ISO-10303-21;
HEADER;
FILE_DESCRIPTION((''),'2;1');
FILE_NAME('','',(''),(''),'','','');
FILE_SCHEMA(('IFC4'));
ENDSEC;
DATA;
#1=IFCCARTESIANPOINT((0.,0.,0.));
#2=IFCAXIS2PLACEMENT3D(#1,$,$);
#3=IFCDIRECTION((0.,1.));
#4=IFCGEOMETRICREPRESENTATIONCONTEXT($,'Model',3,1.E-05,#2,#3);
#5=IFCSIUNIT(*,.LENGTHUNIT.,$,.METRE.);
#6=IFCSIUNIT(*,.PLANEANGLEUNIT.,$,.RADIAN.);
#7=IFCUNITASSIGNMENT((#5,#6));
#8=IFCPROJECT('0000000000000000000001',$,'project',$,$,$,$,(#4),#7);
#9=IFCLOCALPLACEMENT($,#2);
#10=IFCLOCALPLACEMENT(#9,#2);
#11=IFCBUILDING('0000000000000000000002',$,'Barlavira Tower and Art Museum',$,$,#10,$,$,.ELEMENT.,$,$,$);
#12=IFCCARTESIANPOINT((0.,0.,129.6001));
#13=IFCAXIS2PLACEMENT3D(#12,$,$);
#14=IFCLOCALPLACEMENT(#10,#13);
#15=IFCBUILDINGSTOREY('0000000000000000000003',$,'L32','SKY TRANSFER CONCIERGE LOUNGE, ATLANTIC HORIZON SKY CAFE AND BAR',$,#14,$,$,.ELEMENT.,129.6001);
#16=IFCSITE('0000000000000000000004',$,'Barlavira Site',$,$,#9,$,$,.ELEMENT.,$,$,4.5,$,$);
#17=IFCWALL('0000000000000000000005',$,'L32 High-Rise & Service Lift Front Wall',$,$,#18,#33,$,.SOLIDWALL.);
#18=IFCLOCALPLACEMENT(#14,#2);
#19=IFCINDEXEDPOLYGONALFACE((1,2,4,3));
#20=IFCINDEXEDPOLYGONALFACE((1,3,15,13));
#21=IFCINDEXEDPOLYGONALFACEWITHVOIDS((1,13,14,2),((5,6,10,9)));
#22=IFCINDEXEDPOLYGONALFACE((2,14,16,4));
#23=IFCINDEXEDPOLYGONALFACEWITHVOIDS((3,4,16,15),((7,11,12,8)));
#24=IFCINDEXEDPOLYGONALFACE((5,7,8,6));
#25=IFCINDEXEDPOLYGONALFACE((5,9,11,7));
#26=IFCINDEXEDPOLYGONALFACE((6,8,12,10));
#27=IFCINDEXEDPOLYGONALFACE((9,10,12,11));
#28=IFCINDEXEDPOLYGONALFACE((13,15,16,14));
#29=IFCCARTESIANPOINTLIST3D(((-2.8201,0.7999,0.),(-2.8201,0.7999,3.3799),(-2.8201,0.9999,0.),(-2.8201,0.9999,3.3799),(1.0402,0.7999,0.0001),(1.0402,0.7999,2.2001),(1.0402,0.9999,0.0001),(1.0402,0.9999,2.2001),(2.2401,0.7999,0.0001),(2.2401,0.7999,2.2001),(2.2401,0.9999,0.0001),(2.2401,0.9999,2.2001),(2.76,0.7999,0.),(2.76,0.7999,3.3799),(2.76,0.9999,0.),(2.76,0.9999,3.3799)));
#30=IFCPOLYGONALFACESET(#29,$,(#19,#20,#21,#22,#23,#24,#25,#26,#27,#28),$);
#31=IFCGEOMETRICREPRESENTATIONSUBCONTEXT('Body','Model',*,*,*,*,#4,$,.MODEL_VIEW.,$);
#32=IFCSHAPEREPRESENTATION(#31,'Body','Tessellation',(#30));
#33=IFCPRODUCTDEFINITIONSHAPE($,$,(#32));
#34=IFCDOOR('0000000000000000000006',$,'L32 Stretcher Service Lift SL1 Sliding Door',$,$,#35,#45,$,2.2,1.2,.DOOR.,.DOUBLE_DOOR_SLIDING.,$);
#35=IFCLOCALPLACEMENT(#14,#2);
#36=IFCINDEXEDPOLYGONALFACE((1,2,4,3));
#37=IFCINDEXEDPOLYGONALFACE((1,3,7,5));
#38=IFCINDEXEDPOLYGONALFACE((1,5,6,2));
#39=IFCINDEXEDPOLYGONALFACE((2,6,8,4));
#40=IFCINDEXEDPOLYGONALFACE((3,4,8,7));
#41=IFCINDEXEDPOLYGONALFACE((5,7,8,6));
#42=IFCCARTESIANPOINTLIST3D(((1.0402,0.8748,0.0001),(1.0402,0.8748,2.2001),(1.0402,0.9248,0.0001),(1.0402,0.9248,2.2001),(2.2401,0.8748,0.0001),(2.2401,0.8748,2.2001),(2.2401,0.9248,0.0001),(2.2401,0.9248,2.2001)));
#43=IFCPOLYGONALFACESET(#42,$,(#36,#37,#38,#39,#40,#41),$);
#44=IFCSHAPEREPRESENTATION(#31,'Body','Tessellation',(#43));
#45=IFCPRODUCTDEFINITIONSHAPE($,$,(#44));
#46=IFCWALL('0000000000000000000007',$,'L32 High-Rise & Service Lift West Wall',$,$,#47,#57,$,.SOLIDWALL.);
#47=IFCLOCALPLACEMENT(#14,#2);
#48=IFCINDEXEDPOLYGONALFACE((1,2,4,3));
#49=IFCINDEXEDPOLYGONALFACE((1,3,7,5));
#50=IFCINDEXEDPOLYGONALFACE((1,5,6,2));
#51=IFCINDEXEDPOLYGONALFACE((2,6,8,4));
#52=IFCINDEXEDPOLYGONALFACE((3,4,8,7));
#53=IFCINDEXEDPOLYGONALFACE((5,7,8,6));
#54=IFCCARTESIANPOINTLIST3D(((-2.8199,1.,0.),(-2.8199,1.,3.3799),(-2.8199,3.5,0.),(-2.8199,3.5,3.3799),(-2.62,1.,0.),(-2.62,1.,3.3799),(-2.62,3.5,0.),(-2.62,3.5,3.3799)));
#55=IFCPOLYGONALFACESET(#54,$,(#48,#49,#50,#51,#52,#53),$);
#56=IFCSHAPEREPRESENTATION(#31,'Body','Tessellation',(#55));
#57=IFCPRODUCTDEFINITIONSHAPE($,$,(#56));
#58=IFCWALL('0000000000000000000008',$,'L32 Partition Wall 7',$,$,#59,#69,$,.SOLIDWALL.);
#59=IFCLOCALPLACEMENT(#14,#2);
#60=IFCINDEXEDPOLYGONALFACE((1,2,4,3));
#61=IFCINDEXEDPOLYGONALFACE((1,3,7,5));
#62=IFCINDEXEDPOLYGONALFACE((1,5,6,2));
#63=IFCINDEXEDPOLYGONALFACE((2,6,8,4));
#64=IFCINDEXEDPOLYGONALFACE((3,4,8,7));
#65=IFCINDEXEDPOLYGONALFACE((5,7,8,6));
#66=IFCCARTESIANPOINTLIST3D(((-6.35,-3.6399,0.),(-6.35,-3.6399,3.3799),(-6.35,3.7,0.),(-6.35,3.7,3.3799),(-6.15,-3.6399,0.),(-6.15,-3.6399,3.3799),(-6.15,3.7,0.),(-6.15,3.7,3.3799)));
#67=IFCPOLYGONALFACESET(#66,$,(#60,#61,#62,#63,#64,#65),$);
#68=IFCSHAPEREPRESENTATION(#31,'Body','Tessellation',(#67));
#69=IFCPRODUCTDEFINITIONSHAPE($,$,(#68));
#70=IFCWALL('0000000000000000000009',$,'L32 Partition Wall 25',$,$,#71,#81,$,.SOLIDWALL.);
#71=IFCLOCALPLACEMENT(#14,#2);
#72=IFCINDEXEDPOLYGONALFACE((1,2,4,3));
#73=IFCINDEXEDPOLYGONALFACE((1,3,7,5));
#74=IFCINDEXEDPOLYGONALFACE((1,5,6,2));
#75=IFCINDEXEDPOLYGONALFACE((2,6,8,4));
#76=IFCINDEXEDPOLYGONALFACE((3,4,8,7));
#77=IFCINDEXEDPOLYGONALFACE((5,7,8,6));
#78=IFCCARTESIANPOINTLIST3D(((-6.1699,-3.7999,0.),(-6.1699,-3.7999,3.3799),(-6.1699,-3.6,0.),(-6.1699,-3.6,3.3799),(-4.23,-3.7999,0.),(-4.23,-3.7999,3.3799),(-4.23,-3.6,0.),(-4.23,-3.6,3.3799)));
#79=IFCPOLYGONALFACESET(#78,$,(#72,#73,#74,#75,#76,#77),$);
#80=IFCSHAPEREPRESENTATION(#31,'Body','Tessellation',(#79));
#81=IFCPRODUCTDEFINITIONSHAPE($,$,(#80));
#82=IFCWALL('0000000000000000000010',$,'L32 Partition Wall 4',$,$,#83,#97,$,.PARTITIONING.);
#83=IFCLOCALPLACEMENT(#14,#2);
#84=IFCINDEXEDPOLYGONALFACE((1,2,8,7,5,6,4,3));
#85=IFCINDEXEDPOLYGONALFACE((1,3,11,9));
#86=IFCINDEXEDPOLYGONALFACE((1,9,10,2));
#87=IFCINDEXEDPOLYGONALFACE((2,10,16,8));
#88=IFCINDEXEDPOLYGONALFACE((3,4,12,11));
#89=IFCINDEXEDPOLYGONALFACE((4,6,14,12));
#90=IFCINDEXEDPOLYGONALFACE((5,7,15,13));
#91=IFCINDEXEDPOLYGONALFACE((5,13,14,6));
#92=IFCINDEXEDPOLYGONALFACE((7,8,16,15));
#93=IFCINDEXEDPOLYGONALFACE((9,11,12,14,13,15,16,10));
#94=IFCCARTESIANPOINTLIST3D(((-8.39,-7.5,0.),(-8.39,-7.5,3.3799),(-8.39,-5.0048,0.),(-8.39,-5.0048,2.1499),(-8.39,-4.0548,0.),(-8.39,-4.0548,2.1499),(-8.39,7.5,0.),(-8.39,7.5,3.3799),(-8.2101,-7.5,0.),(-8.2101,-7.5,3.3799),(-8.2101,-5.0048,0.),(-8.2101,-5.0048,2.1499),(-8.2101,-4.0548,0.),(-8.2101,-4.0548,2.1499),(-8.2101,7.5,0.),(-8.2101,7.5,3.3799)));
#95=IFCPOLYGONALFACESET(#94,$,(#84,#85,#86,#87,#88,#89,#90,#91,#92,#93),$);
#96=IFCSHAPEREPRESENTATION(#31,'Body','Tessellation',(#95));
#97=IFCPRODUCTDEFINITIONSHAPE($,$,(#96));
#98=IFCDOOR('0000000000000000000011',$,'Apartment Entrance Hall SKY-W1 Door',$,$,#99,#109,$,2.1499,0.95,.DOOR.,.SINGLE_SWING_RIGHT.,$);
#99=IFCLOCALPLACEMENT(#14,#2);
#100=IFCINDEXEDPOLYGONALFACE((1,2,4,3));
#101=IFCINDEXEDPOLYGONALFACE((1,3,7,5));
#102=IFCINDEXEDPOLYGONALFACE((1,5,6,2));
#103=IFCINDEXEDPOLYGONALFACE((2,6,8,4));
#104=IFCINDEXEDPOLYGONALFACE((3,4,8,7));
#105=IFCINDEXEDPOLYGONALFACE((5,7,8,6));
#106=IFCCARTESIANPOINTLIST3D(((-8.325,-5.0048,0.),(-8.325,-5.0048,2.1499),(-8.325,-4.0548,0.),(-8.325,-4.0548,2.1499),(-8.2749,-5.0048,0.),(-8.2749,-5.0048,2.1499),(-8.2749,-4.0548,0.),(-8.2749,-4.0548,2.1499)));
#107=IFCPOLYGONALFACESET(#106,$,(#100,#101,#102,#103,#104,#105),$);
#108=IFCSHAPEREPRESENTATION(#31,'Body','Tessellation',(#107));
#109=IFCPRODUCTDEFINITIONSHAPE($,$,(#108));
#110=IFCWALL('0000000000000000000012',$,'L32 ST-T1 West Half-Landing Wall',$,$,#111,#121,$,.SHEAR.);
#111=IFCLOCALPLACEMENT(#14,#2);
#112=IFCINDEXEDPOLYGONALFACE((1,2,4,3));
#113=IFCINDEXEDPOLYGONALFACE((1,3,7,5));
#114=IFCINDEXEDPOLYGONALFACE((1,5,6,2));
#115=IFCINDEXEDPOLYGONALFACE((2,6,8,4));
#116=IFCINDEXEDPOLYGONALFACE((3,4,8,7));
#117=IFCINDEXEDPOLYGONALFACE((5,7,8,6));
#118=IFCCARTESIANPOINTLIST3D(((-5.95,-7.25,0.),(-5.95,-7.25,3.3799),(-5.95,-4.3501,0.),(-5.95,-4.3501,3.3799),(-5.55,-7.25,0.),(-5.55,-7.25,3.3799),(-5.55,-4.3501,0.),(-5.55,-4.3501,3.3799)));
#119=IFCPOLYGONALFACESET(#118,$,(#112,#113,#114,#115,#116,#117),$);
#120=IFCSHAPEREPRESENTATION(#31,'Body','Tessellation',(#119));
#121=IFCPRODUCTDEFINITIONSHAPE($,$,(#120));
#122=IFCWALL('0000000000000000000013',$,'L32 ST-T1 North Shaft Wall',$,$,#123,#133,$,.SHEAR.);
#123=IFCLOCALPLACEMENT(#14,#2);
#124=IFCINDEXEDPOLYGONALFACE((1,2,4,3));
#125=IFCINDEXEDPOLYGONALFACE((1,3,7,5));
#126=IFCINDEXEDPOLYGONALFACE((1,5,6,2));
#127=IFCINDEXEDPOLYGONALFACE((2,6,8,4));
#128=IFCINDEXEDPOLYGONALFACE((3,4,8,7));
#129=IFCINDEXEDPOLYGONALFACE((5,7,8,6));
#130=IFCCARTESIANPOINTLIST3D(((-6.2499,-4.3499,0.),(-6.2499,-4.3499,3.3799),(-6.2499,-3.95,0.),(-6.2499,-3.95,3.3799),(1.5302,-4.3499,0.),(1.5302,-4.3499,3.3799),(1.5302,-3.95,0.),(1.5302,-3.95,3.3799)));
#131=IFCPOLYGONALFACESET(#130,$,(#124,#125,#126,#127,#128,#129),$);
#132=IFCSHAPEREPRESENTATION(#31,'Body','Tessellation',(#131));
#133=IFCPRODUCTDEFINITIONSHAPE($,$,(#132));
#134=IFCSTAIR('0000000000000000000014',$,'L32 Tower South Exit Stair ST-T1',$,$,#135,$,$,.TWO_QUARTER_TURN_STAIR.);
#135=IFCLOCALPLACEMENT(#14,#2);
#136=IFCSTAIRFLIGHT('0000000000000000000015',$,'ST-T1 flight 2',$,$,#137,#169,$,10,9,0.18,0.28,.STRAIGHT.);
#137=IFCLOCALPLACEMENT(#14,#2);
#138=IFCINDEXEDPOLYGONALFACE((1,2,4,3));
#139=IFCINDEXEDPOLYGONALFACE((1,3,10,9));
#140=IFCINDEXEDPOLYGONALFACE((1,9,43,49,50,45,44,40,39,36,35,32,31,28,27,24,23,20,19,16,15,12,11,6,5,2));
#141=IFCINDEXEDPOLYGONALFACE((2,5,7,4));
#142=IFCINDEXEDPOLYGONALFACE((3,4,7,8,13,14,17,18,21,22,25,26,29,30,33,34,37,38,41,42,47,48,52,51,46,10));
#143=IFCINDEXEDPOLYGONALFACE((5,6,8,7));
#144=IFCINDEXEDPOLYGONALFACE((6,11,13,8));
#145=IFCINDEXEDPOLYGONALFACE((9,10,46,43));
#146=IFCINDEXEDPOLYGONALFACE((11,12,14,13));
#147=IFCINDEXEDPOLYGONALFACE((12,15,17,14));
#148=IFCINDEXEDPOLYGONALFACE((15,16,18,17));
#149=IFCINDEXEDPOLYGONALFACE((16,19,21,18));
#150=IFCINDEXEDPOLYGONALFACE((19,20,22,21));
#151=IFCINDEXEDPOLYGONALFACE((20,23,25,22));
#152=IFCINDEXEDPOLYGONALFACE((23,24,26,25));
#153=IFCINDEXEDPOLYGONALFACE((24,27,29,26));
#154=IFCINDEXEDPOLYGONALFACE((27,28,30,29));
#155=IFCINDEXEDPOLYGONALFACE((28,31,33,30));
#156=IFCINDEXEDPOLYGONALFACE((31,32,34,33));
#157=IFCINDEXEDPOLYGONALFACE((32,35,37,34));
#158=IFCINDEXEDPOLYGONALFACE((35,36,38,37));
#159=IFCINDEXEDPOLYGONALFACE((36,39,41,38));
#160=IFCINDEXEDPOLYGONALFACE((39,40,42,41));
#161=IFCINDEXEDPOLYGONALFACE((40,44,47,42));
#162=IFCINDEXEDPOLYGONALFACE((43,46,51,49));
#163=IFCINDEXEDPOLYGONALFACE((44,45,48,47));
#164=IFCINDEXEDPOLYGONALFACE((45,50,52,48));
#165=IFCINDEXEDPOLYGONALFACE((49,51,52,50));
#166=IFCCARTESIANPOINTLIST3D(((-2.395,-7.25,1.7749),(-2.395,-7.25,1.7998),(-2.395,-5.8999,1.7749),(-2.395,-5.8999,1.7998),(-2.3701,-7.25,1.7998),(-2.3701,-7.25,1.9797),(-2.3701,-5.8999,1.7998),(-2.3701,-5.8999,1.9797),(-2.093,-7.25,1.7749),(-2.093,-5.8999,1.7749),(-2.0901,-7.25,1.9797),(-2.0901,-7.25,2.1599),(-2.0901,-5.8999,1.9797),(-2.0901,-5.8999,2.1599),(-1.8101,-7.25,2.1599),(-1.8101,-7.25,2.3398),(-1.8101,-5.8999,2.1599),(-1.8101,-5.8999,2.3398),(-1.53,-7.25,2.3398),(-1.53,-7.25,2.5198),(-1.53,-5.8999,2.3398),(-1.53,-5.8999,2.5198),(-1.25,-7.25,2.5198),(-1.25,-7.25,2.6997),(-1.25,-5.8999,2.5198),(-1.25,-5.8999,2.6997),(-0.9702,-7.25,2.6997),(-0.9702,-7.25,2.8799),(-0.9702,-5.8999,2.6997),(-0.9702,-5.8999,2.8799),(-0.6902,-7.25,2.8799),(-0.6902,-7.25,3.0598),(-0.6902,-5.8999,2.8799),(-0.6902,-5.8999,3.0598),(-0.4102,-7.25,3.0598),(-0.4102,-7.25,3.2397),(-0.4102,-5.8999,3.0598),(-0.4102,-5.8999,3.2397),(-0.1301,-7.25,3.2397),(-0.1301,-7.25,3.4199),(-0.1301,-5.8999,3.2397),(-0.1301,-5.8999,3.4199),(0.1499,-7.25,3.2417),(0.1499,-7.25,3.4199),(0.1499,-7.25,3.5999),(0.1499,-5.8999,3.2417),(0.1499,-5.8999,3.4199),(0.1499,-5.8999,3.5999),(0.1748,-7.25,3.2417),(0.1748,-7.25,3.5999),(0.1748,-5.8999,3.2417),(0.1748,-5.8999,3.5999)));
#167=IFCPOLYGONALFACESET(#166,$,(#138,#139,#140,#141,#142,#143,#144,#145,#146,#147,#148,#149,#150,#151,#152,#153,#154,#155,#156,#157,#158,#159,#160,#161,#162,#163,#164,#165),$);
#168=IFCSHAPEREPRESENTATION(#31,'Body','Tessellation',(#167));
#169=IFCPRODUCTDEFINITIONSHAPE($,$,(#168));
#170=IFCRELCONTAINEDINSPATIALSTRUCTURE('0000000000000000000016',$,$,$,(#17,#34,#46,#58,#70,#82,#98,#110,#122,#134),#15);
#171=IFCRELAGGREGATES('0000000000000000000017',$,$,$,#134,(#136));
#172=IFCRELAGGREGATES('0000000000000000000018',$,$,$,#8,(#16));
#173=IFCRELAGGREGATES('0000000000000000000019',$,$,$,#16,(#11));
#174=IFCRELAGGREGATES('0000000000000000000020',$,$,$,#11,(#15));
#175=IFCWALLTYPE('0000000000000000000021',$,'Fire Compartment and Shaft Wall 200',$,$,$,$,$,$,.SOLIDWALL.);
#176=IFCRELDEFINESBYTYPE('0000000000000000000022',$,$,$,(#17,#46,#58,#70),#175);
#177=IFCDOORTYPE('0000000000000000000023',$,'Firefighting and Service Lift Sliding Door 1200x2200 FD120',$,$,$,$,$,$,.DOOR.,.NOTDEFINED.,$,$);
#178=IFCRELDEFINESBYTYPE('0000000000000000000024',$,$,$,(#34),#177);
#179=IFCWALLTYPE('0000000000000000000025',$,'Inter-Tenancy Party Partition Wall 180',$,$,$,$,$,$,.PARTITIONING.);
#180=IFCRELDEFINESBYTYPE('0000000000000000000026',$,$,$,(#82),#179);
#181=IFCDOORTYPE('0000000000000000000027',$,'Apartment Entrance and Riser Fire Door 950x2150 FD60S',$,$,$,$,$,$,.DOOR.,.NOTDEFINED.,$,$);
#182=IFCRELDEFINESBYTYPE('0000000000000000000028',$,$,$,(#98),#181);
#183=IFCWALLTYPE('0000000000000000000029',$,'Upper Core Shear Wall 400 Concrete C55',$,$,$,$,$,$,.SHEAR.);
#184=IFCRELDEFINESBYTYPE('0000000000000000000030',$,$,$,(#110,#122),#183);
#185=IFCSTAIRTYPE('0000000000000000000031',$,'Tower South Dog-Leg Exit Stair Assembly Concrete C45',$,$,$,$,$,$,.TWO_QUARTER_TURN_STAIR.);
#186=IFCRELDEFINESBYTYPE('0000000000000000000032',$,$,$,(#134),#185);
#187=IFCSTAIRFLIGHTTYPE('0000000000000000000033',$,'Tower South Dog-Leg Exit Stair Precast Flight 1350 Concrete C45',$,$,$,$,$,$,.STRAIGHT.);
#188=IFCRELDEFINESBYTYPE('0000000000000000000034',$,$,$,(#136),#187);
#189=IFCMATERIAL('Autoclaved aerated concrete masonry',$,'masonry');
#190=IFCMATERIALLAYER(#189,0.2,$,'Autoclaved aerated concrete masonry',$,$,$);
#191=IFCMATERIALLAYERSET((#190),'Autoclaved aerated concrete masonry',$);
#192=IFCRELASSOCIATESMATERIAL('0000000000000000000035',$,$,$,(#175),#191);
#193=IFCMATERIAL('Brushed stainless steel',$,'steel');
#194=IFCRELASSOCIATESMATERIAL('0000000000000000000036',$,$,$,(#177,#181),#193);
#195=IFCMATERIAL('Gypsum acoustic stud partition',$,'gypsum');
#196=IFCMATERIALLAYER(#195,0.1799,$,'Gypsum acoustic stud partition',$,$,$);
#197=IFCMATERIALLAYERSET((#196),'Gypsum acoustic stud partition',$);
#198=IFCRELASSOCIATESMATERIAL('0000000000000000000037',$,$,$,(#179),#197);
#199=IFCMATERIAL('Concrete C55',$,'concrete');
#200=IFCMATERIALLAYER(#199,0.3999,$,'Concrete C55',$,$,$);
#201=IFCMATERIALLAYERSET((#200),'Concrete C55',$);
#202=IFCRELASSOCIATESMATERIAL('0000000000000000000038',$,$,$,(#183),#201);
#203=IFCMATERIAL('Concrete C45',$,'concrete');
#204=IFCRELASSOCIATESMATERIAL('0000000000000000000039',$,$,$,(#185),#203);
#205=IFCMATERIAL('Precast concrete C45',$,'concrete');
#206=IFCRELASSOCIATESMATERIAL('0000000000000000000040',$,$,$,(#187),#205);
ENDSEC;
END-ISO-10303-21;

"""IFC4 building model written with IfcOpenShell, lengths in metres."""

from ifc_helpers import new_model, si_unit, direction, frame, frame_2d, origin, place, context, subcontext, project, spatial, polyline, rectangle, outline, extrude, material, layer, layer_set, type_object, element, fill, aggregate, save


model = new_model("IFC4")

# Units and contexts
model_context = context("Model", 3, precision=1e-05, world=origin(), true_north=direction((0.0, 1.0)))
body_context = subcontext(model_context, "Body", "Model", "MODEL_VIEW")
ifc_project = project(units=[si_unit("LENGTHUNIT", "METRE"), si_unit("PLANEANGLEUNIT", "RADIAN")], contexts=[model_context])

# Site, building, storey
site_placement = place(None, origin())
site = spatial("IfcSite", under=ifc_project, at=site_placement, Name="Barlavira Site", CompositionType="ELEMENT", RefElevation=4.5)
building_placement = place(site_placement, origin())
building = spatial("IfcBuilding", under=site, at=building_placement, Name="Barlavira Tower and Art Museum", CompositionType="ELEMENT")
storey_placement = place(building_placement, frame((0.0, 0.0, 129.6001)))
storey = spatial("IfcBuildingStorey", under=building, at=storey_placement, Name="L32", Description="SKY TRANSFER CONCIERGE LOUNGE, ATLANTIC HORIZON SKY CAFE AND BAR", CompositionType="ELEMENT", Elevation=129.6001)

# Wall, opening, door
ifc_material_1 = material(Name="Autoclaved aerated concrete masonry", Category="masonry")
ifc_layer_1 = layer(ifc_material_1, 0.2, Name="Autoclaved aerated concrete masonry")
ifc_layer_set_1 = layer_set([ifc_layer_1], Name="Autoclaved aerated concrete masonry")
wall_type_1 = type_object("IfcWallType", Name="Fire Compartment and Shaft Wall 200", PredefinedType="SOLIDWALL", material=ifc_layer_set_1)
wall_1_placement = place(storey_placement, frame((-2.8201, 0.8999, 0.0), z_axis=(0.0, 0.0, 1.0), x_axis=(1.0, 0.0, 0.0)))
wall_1 = element("IfcWall", 1, at=wall_1_placement, inside=storey, type_object=wall_type_1, Name="L32 High-Rise & Service Lift Front Wall", PredefinedType="SOLIDWALL", context=body_context, shape_type="SweptSolid", body=[
    extrude(rectangle(XDim=5.5801, YDim=0.2, at=frame_2d((2.79, 0.0))), origin(), (0.0, 0.0, 1.0), 3.3799),
])
opening_1_placement = place(wall_1_placement, frame((3.8601, 0.0, 0.0)))
opening_1 = element("IfcOpeningElement", 2, at=opening_1_placement, cuts=wall_1, PredefinedType="OPENING", context=body_context, shape_type="SweptSolid", body=[
    extrude(rectangle(XDim=1.2, YDim=2.2, at=frame_2d((0.6001, 1.1001))), frame((0.0, 0.1099, 0.0), z_axis=(0.0, -1.0, 0.0), x_axis=(1.0, 0.0, 0.0)), (0.0, 0.0, 1.0), 0.22),
])
ifc_material_2 = material(Name="Brushed stainless steel", Category="steel")
door_type_1 = type_object("IfcDoorType", Name="Firefighting and Service Lift Sliding Door 1200x2200 FD120", OperationType="NOTDEFINED", PredefinedType="DOOR", material=ifc_material_2)
door_1_placement = place(opening_1_placement, origin())
door_1 = element("IfcDoor", 3, at=door_1_placement, inside=storey, type_object=door_type_1, Name="L32 Stretcher Service Lift SL1 Sliding Door", OperationType="DOUBLE_DOOR_SLIDING", OverallHeight=2.2, OverallWidth=1.2, PredefinedType="DOOR", context=body_context, shape_type="SweptSolid", body=[
    extrude(rectangle(XDim=1.2, YDim=2.2, at=frame_2d((0.6001, 1.1001))), frame((0.0, 0.0249, 0.0), z_axis=(0.0, -1.0, 0.0), x_axis=(1.0, 0.0, 0.0)), (0.0, 0.0, 1.0), 0.05),
])
fill(opening_1, door_1)

# Walls
wall_2_placement = place(storey_placement, frame((-2.72, 1.0, 0.0), z_axis=(0.0, 0.0, 1.0), x_axis=(0.0, 1.0, 0.0)))
element("IfcWall", 4, at=wall_2_placement, inside=storey, type_object=wall_type_1, Name="L32 High-Rise & Service Lift West Wall", PredefinedType="SOLIDWALL", context=body_context, shape_type="SweptSolid", body=[
    extrude(rectangle(XDim=2.5, YDim=0.2, at=frame_2d((1.25, 0.0))), origin(), (0.0, 0.0, 1.0), 3.3799),
])
wall_3_placement = place(storey_placement, frame((-6.25, -3.6399, 0.0), z_axis=(0.0, 0.0, 1.0), x_axis=(0.0, 1.0, 0.0)))
element("IfcWall", 5, at=wall_3_placement, inside=storey, type_object=wall_type_1, Name="L32 Partition Wall 7", PredefinedType="SOLIDWALL", context=body_context, shape_type="SweptSolid", body=[
    extrude(rectangle(XDim=7.3398, YDim=0.2, at=frame_2d((3.6699, 0.0))), origin(), (0.0, 0.0, 1.0), 3.3799),
])

# Shared definitions
door_type_2 = type_object("IfcDoorType", Name="Apartment Entrance and Riser Fire Door 950x2150 FD60S", OperationType="NOTDEFINED", PredefinedType="DOOR", material=ifc_material_2)

# Wall
wall_4_placement = place(storey_placement, frame((-6.1699, -3.7, 0.0), z_axis=(0.0, 0.0, 1.0), x_axis=(1.0, 0.0, 0.0)))
element("IfcWall", 6, at=wall_4_placement, inside=storey, type_object=wall_type_1, Name="L32 Partition Wall 25", PredefinedType="SOLIDWALL", context=body_context, shape_type="SweptSolid", body=[
    extrude(rectangle(XDim=1.9399, YDim=0.2, at=frame_2d((0.97, 0.0))), origin(), (0.0, 0.0, 1.0), 3.3799),
])

# Wall, opening, door
ifc_material_3 = material(Name="Gypsum acoustic stud partition", Category="gypsum")
ifc_layer_2 = layer(ifc_material_3, 0.1799, Name="Gypsum acoustic stud partition")
ifc_layer_set_2 = layer_set([ifc_layer_2], Name="Gypsum acoustic stud partition")
wall_type_2 = type_object("IfcWallType", Name="Inter-Tenancy Party Partition Wall 180", PredefinedType="PARTITIONING", material=ifc_layer_set_2)
wall_5_placement = place(storey_placement, frame((-8.3, -7.5, 0.0), z_axis=(0.0, 0.0, 1.0), x_axis=(0.0, 1.0, 0.0)))
wall_5 = element("IfcWall", 7, at=wall_5_placement, inside=storey, type_object=wall_type_2, Name="L32 Partition Wall 4", PredefinedType="PARTITIONING", context=body_context, shape_type="SweptSolid", body=[
    extrude(rectangle(XDim=15.0, YDim=0.1799, at=frame_2d((7.5, 0.0))), origin(), (0.0, 0.0, 1.0), 3.3799),
])
opening_2_placement = place(wall_5_placement, frame((2.4951, 0.0, 0.0)))
opening_2 = element("IfcOpeningElement", 8, at=opening_2_placement, cuts=wall_5, PredefinedType="OPENING", context=body_context, shape_type="SweptSolid", body=[
    extrude(rectangle(XDim=0.95, YDim=2.1499, at=frame_2d((0.4751, 1.075))), frame((0.0, 0.1001, 0.0), z_axis=(0.0, -1.0, 0.0), x_axis=(1.0, 0.0, 0.0)), (0.0, 0.0, 1.0), 0.2),
])
door_2_placement = place(opening_2_placement, origin())
door_2 = element("IfcDoor", 9, at=door_2_placement, inside=storey, type_object=door_type_2, Name="Apartment Entrance Hall SKY-W1 Door", OperationType="SINGLE_SWING_RIGHT", OverallHeight=2.1499, OverallWidth=0.95, PredefinedType="DOOR", context=body_context, shape_type="SweptSolid", body=[
    extrude(rectangle(XDim=0.95, YDim=2.1499, at=frame_2d((0.4751, 1.075))), frame((0.0, 0.0249, 0.0), z_axis=(0.0, -1.0, 0.0), x_axis=(1.0, 0.0, 0.0)), (0.0, 0.0, 1.0), 0.05),
])
fill(opening_2, door_2)

# Walls
ifc_material_4 = material(Name="Concrete C55", Category="concrete")
ifc_layer_3 = layer(ifc_material_4, 0.3999, Name="Concrete C55")
ifc_layer_set_3 = layer_set([ifc_layer_3], Name="Concrete C55")
wall_type_3 = type_object("IfcWallType", Name="Upper Core Shear Wall 400 Concrete C55", PredefinedType="SHEAR", material=ifc_layer_set_3)
wall_6_placement = place(storey_placement, frame((-5.75, -7.25, 0.0), z_axis=(0.0, 0.0, 1.0), x_axis=(0.0, 1.0, 0.0)))
element("IfcWall", 10, at=wall_6_placement, inside=storey, type_object=wall_type_3, Name="L32 ST-T1 West Half-Landing Wall", PredefinedType="SHEAR", context=body_context, shape_type="SweptSolid", body=[
    extrude(rectangle(XDim=2.8999, YDim=0.3999, at=frame_2d((1.45, 0.0))), origin(), (0.0, 0.0, 1.0), 3.3799),
])
wall_7_placement = place(storey_placement, frame((-6.25, -4.1499, 0.0), z_axis=(0.0, 0.0, 1.0), x_axis=(1.0, 0.0, 0.0)))
element("IfcWall", 11, at=wall_7_placement, inside=storey, type_object=wall_type_3, Name="L32 ST-T1 North Shaft Wall", PredefinedType="SHEAR", context=body_context, shape_type="SweptSolid", body=[
    extrude(rectangle(XDim=7.78, YDim=0.3999, at=frame_2d((3.8901, 0.0))), origin(), (0.0, 0.0, 1.0), 3.3799),
])

# Stair, stair flight
ifc_material_5 = material(Name="Concrete C45", Category="concrete")
stair_type = type_object("IfcStairType", Name="Tower South Dog-Leg Exit Stair Assembly Concrete C45", PredefinedType="TWO_QUARTER_TURN_STAIR", material=ifc_material_5)
stair_placement = place(storey_placement, origin())
stair = element("IfcStair", 12, at=stair_placement, inside=storey, type_object=stair_type, Name="L32 Tower South Exit Stair ST-T1", PredefinedType="TWO_QUARTER_TURN_STAIR")
ifc_material_6 = material(Name="Precast concrete C45", Category="concrete")
stair_flight_type = type_object("IfcStairFlightType", Name="Tower South Dog-Leg Exit Stair Precast Flight 1350 Concrete C45", PredefinedType="STRAIGHT", material=ifc_material_6)
stair_flight_placement = place(storey_placement, frame((-2.3701, -6.575, 1.7998), z_axis=(0.0, 0.0, 1.0), x_axis=(1.0, 0.0, 0.0)))
stair_flight = element("IfcStairFlight", 13, at=stair_flight_placement, type_object=stair_flight_type, Name="ST-T1 flight 2", NumberOfRisers=10, NumberOfTreads=9, PredefinedType="STRAIGHT", RiserHeight=0.18, TreadLength=0.28, context=body_context, shape_type="SweptSolid", body=[
    extrude(outline(polyline([(-0.0249, 0.0), (0.0, 0.0), (0.0, 0.1799), (0.28, 0.1799), (0.28, 0.3601), (0.5601, 0.3601), (0.5601, 0.54), (0.8401, 0.54), (0.8401, 0.72), (1.1201, 0.72), (1.1201, 0.8999), (1.3999, 0.8999), (1.3999, 1.0801), (1.6799, 1.0801), (1.6799, 1.26), (1.96, 1.26), (1.96, 1.4399), (2.24, 1.4399), (2.24, 1.6201), (2.52, 1.6201), (2.52, 1.8), (2.5449, 1.8), (2.5449, 1.4419), (2.52, 1.4419), (0.2771, -0.0249), (-0.0249, -0.0249), (-0.0249, 0.0)])), frame((0.0, 0.675, 0.0), z_axis=(0.0, -1.0, 0.0), x_axis=(1.0, 0.0, 0.0)), (0.0, 0.0, 1.0), 1.3501),
])
aggregate(stair, [stair_flight])

save(model, "model.ifc")
